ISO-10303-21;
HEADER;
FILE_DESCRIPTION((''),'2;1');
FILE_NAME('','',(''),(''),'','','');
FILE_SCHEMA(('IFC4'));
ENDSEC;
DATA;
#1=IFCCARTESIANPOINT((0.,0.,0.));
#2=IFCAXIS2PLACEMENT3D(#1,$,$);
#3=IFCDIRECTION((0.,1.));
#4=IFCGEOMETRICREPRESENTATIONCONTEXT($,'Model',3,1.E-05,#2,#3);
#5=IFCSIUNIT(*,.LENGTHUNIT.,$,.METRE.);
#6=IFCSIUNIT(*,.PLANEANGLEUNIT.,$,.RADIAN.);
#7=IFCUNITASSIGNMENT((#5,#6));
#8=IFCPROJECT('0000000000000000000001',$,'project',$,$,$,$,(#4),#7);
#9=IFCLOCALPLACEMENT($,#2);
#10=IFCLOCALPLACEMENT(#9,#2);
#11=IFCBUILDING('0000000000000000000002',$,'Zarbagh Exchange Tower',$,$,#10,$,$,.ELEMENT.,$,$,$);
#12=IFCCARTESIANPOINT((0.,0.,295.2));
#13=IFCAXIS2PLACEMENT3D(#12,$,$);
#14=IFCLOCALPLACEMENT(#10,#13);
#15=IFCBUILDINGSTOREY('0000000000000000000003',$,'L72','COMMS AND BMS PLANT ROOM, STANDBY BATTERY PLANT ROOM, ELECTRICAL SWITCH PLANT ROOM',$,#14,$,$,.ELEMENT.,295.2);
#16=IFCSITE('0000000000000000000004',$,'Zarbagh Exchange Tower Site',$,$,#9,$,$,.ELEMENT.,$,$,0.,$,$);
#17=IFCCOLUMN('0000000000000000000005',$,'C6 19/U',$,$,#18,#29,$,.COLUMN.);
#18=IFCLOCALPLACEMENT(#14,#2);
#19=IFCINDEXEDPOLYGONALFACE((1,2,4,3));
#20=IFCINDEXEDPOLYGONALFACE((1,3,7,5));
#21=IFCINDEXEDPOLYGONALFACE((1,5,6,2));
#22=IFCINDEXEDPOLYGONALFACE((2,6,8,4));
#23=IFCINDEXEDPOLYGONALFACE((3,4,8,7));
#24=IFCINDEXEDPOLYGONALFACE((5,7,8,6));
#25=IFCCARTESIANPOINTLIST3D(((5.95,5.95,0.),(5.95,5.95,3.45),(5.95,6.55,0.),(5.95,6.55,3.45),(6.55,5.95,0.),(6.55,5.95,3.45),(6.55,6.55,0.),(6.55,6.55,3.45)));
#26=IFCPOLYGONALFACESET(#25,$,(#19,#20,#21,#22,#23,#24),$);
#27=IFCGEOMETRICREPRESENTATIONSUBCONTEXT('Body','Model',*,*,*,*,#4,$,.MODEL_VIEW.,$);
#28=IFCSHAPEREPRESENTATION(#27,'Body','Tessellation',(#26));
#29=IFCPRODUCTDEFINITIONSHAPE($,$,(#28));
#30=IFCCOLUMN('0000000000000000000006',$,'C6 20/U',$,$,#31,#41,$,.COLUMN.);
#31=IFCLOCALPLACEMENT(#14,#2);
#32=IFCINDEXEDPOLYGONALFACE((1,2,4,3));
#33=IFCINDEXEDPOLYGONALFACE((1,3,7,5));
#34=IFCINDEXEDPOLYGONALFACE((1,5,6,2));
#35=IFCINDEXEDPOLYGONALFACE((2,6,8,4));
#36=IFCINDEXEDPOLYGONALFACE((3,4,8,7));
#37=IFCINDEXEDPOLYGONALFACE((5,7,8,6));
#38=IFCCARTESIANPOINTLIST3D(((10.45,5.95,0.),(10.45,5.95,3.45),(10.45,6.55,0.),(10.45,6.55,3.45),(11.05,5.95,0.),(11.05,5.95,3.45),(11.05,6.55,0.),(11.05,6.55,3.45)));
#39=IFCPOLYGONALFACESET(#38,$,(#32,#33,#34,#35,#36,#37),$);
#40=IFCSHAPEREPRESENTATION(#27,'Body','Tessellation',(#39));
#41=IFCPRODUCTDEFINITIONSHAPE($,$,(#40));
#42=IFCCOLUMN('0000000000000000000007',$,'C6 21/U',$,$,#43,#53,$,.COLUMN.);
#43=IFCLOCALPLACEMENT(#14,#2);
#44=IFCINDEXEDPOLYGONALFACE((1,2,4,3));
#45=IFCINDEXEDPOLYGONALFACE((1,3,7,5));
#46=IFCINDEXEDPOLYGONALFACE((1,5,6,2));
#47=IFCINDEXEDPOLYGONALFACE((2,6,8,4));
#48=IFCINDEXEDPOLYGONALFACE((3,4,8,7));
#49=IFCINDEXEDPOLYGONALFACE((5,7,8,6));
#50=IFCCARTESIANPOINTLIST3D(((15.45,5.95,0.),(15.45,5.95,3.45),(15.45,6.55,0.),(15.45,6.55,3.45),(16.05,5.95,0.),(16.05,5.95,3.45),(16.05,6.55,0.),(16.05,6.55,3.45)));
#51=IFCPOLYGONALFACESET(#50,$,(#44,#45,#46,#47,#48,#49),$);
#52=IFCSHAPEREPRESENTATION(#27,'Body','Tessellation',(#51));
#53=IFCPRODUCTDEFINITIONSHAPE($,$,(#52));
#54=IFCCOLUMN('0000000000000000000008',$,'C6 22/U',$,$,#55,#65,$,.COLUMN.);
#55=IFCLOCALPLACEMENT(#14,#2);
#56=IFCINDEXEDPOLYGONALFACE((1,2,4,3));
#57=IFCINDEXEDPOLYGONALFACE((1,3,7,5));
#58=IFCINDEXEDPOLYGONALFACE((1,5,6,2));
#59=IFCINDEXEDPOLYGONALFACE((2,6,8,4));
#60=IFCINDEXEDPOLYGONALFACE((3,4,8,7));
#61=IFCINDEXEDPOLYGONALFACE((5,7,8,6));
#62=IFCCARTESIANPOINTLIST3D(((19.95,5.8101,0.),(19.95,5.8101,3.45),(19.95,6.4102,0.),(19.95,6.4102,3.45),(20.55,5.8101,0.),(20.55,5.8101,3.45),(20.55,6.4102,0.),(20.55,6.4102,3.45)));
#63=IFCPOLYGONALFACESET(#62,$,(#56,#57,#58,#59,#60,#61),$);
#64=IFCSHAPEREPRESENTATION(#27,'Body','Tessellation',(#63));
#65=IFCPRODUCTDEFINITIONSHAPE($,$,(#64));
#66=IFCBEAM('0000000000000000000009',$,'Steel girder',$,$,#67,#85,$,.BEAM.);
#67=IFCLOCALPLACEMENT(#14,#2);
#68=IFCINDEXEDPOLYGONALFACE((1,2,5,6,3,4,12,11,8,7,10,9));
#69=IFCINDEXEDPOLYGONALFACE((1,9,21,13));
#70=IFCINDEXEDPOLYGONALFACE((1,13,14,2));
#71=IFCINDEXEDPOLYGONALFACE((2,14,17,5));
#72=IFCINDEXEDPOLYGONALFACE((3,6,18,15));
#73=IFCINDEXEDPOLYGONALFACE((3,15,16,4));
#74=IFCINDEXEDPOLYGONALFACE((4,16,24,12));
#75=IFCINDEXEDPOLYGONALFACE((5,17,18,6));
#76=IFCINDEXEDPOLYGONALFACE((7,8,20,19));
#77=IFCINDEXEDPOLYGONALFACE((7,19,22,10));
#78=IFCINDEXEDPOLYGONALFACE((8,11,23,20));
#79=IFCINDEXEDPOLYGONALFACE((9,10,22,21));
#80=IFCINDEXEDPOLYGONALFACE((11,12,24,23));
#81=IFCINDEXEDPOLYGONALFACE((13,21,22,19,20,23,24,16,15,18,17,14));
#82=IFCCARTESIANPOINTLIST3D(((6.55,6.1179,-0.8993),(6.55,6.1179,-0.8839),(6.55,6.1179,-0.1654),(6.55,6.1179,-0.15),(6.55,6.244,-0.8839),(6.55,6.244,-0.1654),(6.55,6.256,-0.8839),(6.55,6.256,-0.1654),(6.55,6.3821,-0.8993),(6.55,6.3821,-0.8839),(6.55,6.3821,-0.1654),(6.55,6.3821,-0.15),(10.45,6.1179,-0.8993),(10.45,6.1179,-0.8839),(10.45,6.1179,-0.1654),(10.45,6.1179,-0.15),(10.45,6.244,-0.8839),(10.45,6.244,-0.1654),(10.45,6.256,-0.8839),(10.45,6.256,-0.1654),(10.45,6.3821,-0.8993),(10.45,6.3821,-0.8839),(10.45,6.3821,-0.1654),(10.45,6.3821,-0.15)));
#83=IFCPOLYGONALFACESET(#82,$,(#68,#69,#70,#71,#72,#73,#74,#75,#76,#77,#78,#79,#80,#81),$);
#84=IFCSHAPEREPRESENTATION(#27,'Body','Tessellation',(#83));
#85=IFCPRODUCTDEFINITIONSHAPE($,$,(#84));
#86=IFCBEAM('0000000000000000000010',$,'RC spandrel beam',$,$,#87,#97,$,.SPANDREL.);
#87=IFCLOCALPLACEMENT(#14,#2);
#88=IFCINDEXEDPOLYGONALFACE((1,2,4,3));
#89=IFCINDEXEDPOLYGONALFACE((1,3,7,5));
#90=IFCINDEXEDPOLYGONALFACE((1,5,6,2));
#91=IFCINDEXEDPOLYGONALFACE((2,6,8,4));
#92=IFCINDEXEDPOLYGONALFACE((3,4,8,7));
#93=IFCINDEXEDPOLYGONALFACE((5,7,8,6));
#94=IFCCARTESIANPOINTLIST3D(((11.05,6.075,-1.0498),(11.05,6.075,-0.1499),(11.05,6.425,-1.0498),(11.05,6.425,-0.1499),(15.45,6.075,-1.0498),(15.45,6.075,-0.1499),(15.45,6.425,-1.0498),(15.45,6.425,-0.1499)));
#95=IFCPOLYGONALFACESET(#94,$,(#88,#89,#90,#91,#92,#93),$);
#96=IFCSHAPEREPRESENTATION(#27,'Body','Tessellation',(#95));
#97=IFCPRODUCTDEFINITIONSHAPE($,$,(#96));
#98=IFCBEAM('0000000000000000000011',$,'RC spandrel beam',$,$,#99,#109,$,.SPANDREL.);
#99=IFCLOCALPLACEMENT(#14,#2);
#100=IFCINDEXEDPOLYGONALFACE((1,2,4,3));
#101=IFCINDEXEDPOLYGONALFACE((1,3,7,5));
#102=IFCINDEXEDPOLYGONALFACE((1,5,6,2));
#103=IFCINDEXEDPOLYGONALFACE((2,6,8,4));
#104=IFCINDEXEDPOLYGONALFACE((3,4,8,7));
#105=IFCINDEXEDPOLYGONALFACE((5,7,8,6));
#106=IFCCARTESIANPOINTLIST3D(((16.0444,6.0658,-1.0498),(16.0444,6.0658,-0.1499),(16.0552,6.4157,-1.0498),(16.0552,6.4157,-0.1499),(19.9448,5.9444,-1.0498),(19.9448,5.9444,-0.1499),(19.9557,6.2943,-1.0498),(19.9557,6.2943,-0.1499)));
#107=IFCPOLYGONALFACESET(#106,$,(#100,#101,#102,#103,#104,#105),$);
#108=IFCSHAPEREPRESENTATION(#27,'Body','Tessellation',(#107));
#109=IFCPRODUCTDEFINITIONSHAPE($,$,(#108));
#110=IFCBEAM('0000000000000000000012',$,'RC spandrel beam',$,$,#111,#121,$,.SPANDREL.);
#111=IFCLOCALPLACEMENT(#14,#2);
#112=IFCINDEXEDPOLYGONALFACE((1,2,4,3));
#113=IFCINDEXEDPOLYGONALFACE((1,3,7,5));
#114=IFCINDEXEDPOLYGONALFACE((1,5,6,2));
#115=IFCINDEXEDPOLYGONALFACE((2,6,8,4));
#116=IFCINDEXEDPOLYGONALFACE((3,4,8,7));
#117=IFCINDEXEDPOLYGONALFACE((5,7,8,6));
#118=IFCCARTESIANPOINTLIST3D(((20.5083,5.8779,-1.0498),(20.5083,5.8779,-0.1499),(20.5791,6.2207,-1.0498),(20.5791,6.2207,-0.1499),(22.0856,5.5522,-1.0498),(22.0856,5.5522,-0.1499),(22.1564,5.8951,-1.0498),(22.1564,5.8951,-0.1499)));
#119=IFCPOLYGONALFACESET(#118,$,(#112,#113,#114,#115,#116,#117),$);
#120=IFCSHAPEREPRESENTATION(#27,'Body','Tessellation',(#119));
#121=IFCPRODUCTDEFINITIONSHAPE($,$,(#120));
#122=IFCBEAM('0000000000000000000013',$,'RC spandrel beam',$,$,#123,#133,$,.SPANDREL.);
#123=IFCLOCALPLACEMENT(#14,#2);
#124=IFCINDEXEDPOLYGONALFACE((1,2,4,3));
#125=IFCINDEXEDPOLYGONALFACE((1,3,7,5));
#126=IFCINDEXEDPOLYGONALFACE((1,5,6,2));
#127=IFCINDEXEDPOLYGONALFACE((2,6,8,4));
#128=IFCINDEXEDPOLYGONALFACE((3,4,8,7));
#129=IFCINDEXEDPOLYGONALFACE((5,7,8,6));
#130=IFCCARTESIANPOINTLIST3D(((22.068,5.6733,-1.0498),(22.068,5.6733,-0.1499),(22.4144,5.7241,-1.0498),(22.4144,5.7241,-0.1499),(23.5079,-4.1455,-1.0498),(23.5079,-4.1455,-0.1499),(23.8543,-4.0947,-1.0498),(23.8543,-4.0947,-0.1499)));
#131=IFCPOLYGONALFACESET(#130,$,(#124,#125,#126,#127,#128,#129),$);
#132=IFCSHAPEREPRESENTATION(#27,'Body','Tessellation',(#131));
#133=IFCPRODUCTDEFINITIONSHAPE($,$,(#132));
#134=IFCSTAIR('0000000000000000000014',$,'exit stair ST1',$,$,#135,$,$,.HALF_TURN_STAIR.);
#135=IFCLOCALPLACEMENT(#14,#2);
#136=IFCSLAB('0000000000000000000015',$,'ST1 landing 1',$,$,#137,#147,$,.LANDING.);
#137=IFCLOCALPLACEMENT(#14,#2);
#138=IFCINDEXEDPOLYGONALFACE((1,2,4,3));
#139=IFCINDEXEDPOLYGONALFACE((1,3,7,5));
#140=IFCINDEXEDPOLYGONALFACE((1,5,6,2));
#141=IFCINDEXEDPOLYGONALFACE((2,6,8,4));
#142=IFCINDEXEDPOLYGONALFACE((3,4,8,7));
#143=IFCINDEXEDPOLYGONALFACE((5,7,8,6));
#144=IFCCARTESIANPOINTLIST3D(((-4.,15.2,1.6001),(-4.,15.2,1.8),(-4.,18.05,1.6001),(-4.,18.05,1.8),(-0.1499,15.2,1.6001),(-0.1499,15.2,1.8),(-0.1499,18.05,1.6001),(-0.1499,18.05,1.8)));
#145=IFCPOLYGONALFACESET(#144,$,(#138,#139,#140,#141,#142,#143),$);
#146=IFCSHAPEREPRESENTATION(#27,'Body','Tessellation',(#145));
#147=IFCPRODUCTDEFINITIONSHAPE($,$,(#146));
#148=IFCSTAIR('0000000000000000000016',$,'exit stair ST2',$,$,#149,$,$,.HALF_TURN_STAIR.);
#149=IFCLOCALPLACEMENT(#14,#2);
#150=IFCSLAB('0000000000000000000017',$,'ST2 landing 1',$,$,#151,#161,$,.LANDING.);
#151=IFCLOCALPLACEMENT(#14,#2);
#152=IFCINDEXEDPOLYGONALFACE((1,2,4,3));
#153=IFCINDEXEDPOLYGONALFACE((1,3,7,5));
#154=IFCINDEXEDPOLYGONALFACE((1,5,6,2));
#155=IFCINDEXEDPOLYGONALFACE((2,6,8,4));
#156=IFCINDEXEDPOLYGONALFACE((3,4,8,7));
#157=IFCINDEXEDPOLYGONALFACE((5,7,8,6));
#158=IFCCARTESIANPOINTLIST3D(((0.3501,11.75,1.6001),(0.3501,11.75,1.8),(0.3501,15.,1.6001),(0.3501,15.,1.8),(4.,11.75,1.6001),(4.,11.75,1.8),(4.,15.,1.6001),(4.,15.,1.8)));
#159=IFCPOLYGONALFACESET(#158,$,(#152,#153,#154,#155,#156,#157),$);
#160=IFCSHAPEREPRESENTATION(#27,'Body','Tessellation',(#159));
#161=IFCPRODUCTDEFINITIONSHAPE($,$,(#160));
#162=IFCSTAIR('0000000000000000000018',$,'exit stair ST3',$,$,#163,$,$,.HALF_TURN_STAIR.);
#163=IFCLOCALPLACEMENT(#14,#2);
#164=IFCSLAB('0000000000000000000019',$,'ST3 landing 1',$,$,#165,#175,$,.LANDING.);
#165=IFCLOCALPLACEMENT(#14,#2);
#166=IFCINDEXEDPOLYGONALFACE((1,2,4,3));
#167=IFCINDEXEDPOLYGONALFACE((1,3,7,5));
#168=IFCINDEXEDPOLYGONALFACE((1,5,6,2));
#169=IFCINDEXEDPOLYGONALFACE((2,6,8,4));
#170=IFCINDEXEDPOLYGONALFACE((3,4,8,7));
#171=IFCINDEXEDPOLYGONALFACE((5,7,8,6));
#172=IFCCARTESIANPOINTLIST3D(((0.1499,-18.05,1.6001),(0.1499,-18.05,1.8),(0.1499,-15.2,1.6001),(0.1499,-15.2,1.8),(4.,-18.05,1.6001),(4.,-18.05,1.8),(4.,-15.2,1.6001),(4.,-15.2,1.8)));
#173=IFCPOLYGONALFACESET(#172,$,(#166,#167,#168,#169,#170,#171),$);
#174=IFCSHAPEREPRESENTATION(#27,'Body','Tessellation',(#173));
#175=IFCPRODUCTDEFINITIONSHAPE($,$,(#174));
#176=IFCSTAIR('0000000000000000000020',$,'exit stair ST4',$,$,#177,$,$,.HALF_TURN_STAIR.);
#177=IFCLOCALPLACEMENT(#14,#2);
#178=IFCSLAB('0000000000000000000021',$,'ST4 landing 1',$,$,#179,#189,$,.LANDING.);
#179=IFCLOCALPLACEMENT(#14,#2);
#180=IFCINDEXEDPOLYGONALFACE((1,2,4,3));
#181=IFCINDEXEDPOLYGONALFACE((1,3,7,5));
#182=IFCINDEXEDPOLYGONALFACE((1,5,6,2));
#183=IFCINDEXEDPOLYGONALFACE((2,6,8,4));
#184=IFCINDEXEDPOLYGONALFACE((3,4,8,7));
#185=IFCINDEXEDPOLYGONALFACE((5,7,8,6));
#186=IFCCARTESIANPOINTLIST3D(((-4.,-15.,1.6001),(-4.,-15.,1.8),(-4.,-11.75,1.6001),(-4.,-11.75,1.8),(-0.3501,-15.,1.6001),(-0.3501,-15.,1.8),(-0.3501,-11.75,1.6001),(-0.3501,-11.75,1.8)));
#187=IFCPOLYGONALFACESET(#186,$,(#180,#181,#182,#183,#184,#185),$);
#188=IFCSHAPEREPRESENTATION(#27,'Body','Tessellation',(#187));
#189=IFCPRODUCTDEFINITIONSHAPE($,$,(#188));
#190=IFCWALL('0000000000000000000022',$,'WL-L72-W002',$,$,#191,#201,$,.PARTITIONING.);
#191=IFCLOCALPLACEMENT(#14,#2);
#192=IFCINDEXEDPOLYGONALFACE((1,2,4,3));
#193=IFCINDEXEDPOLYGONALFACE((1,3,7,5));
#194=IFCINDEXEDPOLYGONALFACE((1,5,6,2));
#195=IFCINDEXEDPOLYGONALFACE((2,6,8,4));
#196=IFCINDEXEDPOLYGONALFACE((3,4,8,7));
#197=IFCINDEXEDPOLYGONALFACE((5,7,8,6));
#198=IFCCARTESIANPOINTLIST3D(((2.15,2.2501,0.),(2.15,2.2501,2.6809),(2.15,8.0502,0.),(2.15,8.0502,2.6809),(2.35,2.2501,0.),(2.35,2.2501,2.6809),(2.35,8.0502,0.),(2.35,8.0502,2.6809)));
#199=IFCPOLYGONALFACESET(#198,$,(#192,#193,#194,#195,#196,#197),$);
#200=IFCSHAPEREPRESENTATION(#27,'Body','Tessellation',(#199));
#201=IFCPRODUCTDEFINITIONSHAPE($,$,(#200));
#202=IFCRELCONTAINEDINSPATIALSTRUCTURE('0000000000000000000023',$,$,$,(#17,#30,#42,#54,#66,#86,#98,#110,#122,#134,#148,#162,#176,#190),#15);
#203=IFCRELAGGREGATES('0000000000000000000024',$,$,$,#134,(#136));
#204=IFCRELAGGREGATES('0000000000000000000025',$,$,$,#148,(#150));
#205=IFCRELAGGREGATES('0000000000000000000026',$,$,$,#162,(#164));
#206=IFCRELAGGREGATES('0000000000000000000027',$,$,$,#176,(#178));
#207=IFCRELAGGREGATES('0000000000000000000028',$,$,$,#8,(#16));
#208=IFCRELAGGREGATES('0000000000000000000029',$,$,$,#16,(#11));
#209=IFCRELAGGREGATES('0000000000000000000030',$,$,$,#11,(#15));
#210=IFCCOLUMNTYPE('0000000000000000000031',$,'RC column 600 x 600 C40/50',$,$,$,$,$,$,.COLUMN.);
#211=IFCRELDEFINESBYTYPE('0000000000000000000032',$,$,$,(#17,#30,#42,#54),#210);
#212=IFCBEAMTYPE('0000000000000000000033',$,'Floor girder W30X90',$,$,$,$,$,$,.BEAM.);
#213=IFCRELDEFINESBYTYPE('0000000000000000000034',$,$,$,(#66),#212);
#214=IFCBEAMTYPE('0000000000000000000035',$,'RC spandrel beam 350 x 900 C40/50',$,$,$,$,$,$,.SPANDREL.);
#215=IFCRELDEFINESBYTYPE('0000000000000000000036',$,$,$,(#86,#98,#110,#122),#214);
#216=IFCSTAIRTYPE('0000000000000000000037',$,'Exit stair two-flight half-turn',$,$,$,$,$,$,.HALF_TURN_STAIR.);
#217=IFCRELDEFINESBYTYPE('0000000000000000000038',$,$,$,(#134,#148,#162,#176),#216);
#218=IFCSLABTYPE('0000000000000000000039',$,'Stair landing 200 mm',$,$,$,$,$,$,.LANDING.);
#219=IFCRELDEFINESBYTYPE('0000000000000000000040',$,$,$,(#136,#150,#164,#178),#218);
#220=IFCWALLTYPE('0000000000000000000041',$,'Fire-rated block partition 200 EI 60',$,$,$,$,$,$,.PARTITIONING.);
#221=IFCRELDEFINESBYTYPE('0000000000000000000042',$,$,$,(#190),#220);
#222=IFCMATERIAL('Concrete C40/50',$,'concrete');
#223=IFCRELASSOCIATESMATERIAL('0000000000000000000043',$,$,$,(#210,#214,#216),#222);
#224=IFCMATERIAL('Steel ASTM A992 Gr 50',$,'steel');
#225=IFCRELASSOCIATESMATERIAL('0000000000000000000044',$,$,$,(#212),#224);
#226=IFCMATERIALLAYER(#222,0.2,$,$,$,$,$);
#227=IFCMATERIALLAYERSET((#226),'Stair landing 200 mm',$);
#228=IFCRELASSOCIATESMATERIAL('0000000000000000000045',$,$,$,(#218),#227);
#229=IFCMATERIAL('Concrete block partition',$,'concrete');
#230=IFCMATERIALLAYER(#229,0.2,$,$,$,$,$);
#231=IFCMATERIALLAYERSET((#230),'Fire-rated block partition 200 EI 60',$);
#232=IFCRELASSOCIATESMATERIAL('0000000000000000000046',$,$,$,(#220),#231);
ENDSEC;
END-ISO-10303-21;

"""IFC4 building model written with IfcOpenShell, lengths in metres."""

from ifc_helpers import new_model, si_unit, direction, frame, frame_2d, origin, origin_2d, place, context, subcontext, project, spatial, polyline, rectangle, i_section, outline, extrude, material, layer, layer_set, material_profile, profile_set, type_object, element, aggregate, save


model = new_model("IFC4")

# Units and contexts
model_context = context("Model", 3, precision=1e-05, world=origin(), true_north=direction((0.0, 1.0)))
body_context = subcontext(model_context, "Body", "Model", "MODEL_VIEW")
ifc_project = project(units=[si_unit("LENGTHUNIT", "METRE"), si_unit("PLANEANGLEUNIT", "RADIAN")], contexts=[model_context])

# Site, building, storey
site_placement = place(None, origin())
site = spatial("IfcSite", under=ifc_project, at=site_placement, Name="Zarbagh Exchange Tower Site", CompositionType="ELEMENT", RefElevation=0.0)
building_placement = place(site_placement, origin())
building = spatial("IfcBuilding", under=site, at=building_placement, Name="Zarbagh Exchange Tower", CompositionType="ELEMENT")
storey_placement = place(building_placement, frame((0.0, 0.0, 295.2)))
storey = spatial("IfcBuildingStorey", under=building, at=storey_placement, Name="L72", Description="COMMS AND BMS PLANT ROOM, STANDBY BATTERY PLANT ROOM, ELECTRICAL SWITCH PLANT ROOM", CompositionType="ELEMENT", Elevation=295.2)

# Columns
ifc_material_1 = material(Name="Concrete C40/50", Category="concrete")
ifc_material_profile_1 = material_profile(ifc_material_1, rectangle(XDim=0.6001, YDim=0.6001, at=origin_2d()), Name="RC column 600 x 600 C40/50")
ifc_profile_set_1 = profile_set([ifc_material_profile_1], Name="Concrete C40/50")
column_type = type_object("IfcColumnType", Name="RC column 600 x 600 C40/50", PredefinedType="COLUMN", material=ifc_profile_set_1)
for number, where, z_axis, x_axis, name in (
    (1, (6.25, 6.25, 0.0), (0.0, 0.0, 1.0), (1.0, 0.0, 0.0), "C6 19/U"),
    (2, (10.75, 6.25, 0.0), (0.0, 0.0, 1.0), (1.0, 0.0, 0.0), "C6 20/U"),
    (3, (15.75, 6.25, 0.0), (0.0, 0.0, 1.0), (1.0, 0.0, 0.0), "C6 21/U"),
    (4, (20.25, 6.1101, 0.0), (0.0, 0.0, 1.0), (1.0, 0.0, 0.0), "C6 22/U"),
):
    element("IfcColumn", number, at=place(storey_placement, frame(where, z_axis=z_axis, x_axis=x_axis)), inside=storey, type_object=column_type, Name=name, PredefinedType="COLUMN", context=body_context, shape_type="SweptSolid", body=[
        extrude(rectangle(XDim=0.6001, YDim=0.6001, at=origin_2d()), origin(), (0.0, 0.0, 1.0), 3.45),
    ])

# Beams
ifc_material_2 = material(Name="Steel ASTM A992 Gr 50", Category="steel")
ifc_material_profile_2 = material_profile(ifc_material_2, i_section(OverallWidth=0.2642, OverallDepth=0.7493, WebThickness=0.012, FlangeThickness=0.0154, at=origin_2d()), Name="W30X90")
ifc_profile_set_2 = profile_set([ifc_material_profile_2], Name="Steel ASTM A992 Gr 50")
beam_type_1 = type_object("IfcBeamType", Name="Floor girder W30X90", PredefinedType="BEAM", material=ifc_profile_set_2)
beam_1_placement = place(storey_placement, frame((6.55, 6.25, -0.5247), z_axis=(1.0, 0.0, 0.0), x_axis=(0.0, 1.0, 0.0)))
element("IfcBeam", 5, at=beam_1_placement, inside=storey, type_object=beam_type_1, Name="Steel girder", PredefinedType="BEAM", context=body_context, shape_type="SweptSolid", body=[
    extrude(i_section(OverallWidth=0.2642, OverallDepth=0.7493, WebThickness=0.012, FlangeThickness=0.0154, at=origin_2d()), origin(), (0.0, 0.0, 1.0), 3.8999),
])
ifc_material_profile_3 = material_profile(ifc_material_1, rectangle(XDim=0.3501, YDim=0.8999, at=origin_2d()), Name="RC spandrel beam 350 x 900 C40/50")
ifc_profile_set_3 = profile_set([ifc_material_profile_3], Name="Concrete C40/50")
beam_type_2 = type_object("IfcBeamType", Name="RC spandrel beam 350 x 900 C40/50", PredefinedType="SPANDREL", material=ifc_profile_set_3)
beam_2_placement = place(storey_placement, frame((11.05, 6.25, -0.5999), z_axis=(1.0, 0.0, 0.0), x_axis=(0.0, 1.0, 0.0)))
element("IfcBeam", 6, at=beam_2_placement, inside=storey, type_object=beam_type_2, Name="RC spandrel beam", PredefinedType="SPANDREL", context=body_context, shape_type="SweptSolid", body=[
    extrude(rectangle(XDim=0.3501, YDim=0.8999, at=origin_2d()), origin(), (0.0, 0.0, 1.0), 4.3999),
])
beam_3_placement = place(storey_placement, frame((16.0498, 6.2407, -0.5999), z_axis=(0.999516, -0.031094, 0.0), x_axis=(0.031094, 0.999516, 0.0)))
element("IfcBeam", 7, at=beam_3_placement, inside=storey, type_object=beam_type_2, Name="RC spandrel beam", PredefinedType="SPANDREL", context=body_context, shape_type="SweptSolid", body=[
    extrude(rectangle(XDim=0.3501, YDim=0.8999, at=origin_2d()), origin(), (0.0, 0.0, 1.0), 3.9023),
])
beam_4_placement = place(storey_placement, frame((20.5437, 6.0493, -0.5999), z_axis=(0.979343, -0.202205, 0.0), x_axis=(0.202205, 0.979343, 0.0)))
element("IfcBeam", 8, at=beam_4_placement, inside=storey, type_object=beam_type_2, Name="RC spandrel beam", PredefinedType="SPANDREL", context=body_context, shape_type="SweptSolid", body=[
    extrude(rectangle(XDim=0.3501, YDim=0.8999, at=origin_2d()), origin(), (0.0, 0.0, 1.0), 1.6106),
])
beam_5_placement = place(storey_placement, frame((22.2412, 5.6987, -0.5999), z_axis=(0.145099, -0.989417, 0.0), x_axis=(0.989417, 0.145099, 0.0)))
element("IfcBeam", 9, at=beam_5_placement, inside=storey, type_object=beam_type_2, Name="RC spandrel beam", PredefinedType="SPANDREL", context=body_context, shape_type="SweptSolid", body=[
    extrude(rectangle(XDim=0.3501, YDim=0.8999, at=origin_2d()), origin(), (0.0, 0.0, 1.0), 9.9238),
])

# Stairs, slabs
stair_type = type_object("IfcStairType", Name="Exit stair two-flight half-turn", PredefinedType="HALF_TURN_STAIR", material=ifc_material_1)
stair_1_placement = place(storey_placement, origin())
stair_1 = element("IfcStair", 10, at=stair_1_placement, inside=storey, type_object=stair_type, Name="exit stair ST1", PredefinedType="HALF_TURN_STAIR")
ifc_layer_1 = layer(ifc_material_1, 0.2)
ifc_layer_set_1 = layer_set([ifc_layer_1], Name="Stair landing 200 mm")
slab_type = type_object("IfcSlabType", Name="Stair landing 200 mm", PredefinedType="LANDING", material=ifc_layer_set_1)
slab_1_placement = place(storey_placement, frame((0.0, 0.0, 1.6001)))
slab_1 = element("IfcSlab", 11, at=slab_1_placement, type_object=slab_type, Name="ST1 landing 1", PredefinedType="LANDING", context=body_context, shape_type="SweptSolid", body=[
    extrude(outline(polyline([(-0.1499, 18.05), (-4.0, 18.05), (-4.0, 15.2), (-0.1499, 15.2), (-0.1499, 18.05)])), origin(), (0.0, 0.0, 1.0), 0.2),
])
aggregate(stair_1, [slab_1])
stair_2_placement = place(storey_placement, origin())
stair_2 = element("IfcStair", 12, at=stair_2_placement, inside=storey, type_object=stair_type, Name="exit stair ST2", PredefinedType="HALF_TURN_STAIR")
slab_2_placement = place(storey_placement, frame((0.0, 0.0, 1.6001)))
slab_2 = element("IfcSlab", 13, at=slab_2_placement, type_object=slab_type, Name="ST2 landing 1", PredefinedType="LANDING", context=body_context, shape_type="SweptSolid", body=[
    extrude(outline(polyline([(0.3501, 11.75), (4.0, 11.75), (4.0, 15.0), (0.3501, 15.0), (0.3501, 11.75)])), origin(), (0.0, 0.0, 1.0), 0.2),
])
aggregate(stair_2, [slab_2])
stair_3_placement = place(storey_placement, origin())
stair_3 = element("IfcStair", 14, at=stair_3_placement, inside=storey, type_object=stair_type, Name="exit stair ST3", PredefinedType="HALF_TURN_STAIR")
slab_3_placement = place(storey_placement, frame((0.0, 0.0, 1.6001)))
slab_3 = element("IfcSlab", 15, at=slab_3_placement, type_object=slab_type, Name="ST3 landing 1", PredefinedType="LANDING", context=body_context, shape_type="SweptSolid", body=[
    extrude(outline(polyline([(0.1499, -18.05), (4.0, -18.05), (4.0, -15.2), (0.1499, -15.2), (0.1499, -18.05)])), origin(), (0.0, 0.0, 1.0), 0.2),
])
aggregate(stair_3, [slab_3])
stair_4_placement = place(storey_placement, origin())
stair_4 = element("IfcStair", 16, at=stair_4_placement, inside=storey, type_object=stair_type, Name="exit stair ST4", PredefinedType="HALF_TURN_STAIR")
slab_4_placement = place(storey_placement, frame((0.0, 0.0, 1.6001)))
slab_4 = element("IfcSlab", 17, at=slab_4_placement, type_object=slab_type, Name="ST4 landing 1", PredefinedType="LANDING", context=body_context, shape_type="SweptSolid", body=[
    extrude(outline(polyline([(-0.3501, -11.75), (-4.0, -11.75), (-4.0, -15.0), (-0.3501, -15.0), (-0.3501, -11.75)])), origin(), (0.0, 0.0, 1.0), 0.2),
])
aggregate(stair_4, [slab_4])

# Wall
ifc_material_3 = material(Name="Concrete block partition", Category="concrete")
ifc_layer_2 = layer(ifc_material_3, 0.2)
ifc_layer_set_2 = layer_set([ifc_layer_2], Name="Fire-rated block partition 200 EI 60")
wall_type_1 = type_object("IfcWallType", Name="Fire-rated block partition 200 EI 60", PredefinedType="PARTITIONING", material=ifc_layer_set_2)
wall_1_placement = place(storey_placement, frame((2.25, 8.05, 0.0), z_axis=(0.0, 0.0, 1.0), x_axis=(0.0, -1.0, 0.0)))
element("IfcWall", 18, at=wall_1_placement, inside=storey, type_object=wall_type_1, Name="WL-L72-W002", PredefinedType="PARTITIONING", context=body_context, shape_type="SweptSolid", body=[
    extrude(rectangle(XDim=5.8, YDim=0.2, at=frame_2d((2.8999, 0.0))), origin(), (0.0, 0.0, 1.0), 2.6809),
])

save(model, "model.ifc")
